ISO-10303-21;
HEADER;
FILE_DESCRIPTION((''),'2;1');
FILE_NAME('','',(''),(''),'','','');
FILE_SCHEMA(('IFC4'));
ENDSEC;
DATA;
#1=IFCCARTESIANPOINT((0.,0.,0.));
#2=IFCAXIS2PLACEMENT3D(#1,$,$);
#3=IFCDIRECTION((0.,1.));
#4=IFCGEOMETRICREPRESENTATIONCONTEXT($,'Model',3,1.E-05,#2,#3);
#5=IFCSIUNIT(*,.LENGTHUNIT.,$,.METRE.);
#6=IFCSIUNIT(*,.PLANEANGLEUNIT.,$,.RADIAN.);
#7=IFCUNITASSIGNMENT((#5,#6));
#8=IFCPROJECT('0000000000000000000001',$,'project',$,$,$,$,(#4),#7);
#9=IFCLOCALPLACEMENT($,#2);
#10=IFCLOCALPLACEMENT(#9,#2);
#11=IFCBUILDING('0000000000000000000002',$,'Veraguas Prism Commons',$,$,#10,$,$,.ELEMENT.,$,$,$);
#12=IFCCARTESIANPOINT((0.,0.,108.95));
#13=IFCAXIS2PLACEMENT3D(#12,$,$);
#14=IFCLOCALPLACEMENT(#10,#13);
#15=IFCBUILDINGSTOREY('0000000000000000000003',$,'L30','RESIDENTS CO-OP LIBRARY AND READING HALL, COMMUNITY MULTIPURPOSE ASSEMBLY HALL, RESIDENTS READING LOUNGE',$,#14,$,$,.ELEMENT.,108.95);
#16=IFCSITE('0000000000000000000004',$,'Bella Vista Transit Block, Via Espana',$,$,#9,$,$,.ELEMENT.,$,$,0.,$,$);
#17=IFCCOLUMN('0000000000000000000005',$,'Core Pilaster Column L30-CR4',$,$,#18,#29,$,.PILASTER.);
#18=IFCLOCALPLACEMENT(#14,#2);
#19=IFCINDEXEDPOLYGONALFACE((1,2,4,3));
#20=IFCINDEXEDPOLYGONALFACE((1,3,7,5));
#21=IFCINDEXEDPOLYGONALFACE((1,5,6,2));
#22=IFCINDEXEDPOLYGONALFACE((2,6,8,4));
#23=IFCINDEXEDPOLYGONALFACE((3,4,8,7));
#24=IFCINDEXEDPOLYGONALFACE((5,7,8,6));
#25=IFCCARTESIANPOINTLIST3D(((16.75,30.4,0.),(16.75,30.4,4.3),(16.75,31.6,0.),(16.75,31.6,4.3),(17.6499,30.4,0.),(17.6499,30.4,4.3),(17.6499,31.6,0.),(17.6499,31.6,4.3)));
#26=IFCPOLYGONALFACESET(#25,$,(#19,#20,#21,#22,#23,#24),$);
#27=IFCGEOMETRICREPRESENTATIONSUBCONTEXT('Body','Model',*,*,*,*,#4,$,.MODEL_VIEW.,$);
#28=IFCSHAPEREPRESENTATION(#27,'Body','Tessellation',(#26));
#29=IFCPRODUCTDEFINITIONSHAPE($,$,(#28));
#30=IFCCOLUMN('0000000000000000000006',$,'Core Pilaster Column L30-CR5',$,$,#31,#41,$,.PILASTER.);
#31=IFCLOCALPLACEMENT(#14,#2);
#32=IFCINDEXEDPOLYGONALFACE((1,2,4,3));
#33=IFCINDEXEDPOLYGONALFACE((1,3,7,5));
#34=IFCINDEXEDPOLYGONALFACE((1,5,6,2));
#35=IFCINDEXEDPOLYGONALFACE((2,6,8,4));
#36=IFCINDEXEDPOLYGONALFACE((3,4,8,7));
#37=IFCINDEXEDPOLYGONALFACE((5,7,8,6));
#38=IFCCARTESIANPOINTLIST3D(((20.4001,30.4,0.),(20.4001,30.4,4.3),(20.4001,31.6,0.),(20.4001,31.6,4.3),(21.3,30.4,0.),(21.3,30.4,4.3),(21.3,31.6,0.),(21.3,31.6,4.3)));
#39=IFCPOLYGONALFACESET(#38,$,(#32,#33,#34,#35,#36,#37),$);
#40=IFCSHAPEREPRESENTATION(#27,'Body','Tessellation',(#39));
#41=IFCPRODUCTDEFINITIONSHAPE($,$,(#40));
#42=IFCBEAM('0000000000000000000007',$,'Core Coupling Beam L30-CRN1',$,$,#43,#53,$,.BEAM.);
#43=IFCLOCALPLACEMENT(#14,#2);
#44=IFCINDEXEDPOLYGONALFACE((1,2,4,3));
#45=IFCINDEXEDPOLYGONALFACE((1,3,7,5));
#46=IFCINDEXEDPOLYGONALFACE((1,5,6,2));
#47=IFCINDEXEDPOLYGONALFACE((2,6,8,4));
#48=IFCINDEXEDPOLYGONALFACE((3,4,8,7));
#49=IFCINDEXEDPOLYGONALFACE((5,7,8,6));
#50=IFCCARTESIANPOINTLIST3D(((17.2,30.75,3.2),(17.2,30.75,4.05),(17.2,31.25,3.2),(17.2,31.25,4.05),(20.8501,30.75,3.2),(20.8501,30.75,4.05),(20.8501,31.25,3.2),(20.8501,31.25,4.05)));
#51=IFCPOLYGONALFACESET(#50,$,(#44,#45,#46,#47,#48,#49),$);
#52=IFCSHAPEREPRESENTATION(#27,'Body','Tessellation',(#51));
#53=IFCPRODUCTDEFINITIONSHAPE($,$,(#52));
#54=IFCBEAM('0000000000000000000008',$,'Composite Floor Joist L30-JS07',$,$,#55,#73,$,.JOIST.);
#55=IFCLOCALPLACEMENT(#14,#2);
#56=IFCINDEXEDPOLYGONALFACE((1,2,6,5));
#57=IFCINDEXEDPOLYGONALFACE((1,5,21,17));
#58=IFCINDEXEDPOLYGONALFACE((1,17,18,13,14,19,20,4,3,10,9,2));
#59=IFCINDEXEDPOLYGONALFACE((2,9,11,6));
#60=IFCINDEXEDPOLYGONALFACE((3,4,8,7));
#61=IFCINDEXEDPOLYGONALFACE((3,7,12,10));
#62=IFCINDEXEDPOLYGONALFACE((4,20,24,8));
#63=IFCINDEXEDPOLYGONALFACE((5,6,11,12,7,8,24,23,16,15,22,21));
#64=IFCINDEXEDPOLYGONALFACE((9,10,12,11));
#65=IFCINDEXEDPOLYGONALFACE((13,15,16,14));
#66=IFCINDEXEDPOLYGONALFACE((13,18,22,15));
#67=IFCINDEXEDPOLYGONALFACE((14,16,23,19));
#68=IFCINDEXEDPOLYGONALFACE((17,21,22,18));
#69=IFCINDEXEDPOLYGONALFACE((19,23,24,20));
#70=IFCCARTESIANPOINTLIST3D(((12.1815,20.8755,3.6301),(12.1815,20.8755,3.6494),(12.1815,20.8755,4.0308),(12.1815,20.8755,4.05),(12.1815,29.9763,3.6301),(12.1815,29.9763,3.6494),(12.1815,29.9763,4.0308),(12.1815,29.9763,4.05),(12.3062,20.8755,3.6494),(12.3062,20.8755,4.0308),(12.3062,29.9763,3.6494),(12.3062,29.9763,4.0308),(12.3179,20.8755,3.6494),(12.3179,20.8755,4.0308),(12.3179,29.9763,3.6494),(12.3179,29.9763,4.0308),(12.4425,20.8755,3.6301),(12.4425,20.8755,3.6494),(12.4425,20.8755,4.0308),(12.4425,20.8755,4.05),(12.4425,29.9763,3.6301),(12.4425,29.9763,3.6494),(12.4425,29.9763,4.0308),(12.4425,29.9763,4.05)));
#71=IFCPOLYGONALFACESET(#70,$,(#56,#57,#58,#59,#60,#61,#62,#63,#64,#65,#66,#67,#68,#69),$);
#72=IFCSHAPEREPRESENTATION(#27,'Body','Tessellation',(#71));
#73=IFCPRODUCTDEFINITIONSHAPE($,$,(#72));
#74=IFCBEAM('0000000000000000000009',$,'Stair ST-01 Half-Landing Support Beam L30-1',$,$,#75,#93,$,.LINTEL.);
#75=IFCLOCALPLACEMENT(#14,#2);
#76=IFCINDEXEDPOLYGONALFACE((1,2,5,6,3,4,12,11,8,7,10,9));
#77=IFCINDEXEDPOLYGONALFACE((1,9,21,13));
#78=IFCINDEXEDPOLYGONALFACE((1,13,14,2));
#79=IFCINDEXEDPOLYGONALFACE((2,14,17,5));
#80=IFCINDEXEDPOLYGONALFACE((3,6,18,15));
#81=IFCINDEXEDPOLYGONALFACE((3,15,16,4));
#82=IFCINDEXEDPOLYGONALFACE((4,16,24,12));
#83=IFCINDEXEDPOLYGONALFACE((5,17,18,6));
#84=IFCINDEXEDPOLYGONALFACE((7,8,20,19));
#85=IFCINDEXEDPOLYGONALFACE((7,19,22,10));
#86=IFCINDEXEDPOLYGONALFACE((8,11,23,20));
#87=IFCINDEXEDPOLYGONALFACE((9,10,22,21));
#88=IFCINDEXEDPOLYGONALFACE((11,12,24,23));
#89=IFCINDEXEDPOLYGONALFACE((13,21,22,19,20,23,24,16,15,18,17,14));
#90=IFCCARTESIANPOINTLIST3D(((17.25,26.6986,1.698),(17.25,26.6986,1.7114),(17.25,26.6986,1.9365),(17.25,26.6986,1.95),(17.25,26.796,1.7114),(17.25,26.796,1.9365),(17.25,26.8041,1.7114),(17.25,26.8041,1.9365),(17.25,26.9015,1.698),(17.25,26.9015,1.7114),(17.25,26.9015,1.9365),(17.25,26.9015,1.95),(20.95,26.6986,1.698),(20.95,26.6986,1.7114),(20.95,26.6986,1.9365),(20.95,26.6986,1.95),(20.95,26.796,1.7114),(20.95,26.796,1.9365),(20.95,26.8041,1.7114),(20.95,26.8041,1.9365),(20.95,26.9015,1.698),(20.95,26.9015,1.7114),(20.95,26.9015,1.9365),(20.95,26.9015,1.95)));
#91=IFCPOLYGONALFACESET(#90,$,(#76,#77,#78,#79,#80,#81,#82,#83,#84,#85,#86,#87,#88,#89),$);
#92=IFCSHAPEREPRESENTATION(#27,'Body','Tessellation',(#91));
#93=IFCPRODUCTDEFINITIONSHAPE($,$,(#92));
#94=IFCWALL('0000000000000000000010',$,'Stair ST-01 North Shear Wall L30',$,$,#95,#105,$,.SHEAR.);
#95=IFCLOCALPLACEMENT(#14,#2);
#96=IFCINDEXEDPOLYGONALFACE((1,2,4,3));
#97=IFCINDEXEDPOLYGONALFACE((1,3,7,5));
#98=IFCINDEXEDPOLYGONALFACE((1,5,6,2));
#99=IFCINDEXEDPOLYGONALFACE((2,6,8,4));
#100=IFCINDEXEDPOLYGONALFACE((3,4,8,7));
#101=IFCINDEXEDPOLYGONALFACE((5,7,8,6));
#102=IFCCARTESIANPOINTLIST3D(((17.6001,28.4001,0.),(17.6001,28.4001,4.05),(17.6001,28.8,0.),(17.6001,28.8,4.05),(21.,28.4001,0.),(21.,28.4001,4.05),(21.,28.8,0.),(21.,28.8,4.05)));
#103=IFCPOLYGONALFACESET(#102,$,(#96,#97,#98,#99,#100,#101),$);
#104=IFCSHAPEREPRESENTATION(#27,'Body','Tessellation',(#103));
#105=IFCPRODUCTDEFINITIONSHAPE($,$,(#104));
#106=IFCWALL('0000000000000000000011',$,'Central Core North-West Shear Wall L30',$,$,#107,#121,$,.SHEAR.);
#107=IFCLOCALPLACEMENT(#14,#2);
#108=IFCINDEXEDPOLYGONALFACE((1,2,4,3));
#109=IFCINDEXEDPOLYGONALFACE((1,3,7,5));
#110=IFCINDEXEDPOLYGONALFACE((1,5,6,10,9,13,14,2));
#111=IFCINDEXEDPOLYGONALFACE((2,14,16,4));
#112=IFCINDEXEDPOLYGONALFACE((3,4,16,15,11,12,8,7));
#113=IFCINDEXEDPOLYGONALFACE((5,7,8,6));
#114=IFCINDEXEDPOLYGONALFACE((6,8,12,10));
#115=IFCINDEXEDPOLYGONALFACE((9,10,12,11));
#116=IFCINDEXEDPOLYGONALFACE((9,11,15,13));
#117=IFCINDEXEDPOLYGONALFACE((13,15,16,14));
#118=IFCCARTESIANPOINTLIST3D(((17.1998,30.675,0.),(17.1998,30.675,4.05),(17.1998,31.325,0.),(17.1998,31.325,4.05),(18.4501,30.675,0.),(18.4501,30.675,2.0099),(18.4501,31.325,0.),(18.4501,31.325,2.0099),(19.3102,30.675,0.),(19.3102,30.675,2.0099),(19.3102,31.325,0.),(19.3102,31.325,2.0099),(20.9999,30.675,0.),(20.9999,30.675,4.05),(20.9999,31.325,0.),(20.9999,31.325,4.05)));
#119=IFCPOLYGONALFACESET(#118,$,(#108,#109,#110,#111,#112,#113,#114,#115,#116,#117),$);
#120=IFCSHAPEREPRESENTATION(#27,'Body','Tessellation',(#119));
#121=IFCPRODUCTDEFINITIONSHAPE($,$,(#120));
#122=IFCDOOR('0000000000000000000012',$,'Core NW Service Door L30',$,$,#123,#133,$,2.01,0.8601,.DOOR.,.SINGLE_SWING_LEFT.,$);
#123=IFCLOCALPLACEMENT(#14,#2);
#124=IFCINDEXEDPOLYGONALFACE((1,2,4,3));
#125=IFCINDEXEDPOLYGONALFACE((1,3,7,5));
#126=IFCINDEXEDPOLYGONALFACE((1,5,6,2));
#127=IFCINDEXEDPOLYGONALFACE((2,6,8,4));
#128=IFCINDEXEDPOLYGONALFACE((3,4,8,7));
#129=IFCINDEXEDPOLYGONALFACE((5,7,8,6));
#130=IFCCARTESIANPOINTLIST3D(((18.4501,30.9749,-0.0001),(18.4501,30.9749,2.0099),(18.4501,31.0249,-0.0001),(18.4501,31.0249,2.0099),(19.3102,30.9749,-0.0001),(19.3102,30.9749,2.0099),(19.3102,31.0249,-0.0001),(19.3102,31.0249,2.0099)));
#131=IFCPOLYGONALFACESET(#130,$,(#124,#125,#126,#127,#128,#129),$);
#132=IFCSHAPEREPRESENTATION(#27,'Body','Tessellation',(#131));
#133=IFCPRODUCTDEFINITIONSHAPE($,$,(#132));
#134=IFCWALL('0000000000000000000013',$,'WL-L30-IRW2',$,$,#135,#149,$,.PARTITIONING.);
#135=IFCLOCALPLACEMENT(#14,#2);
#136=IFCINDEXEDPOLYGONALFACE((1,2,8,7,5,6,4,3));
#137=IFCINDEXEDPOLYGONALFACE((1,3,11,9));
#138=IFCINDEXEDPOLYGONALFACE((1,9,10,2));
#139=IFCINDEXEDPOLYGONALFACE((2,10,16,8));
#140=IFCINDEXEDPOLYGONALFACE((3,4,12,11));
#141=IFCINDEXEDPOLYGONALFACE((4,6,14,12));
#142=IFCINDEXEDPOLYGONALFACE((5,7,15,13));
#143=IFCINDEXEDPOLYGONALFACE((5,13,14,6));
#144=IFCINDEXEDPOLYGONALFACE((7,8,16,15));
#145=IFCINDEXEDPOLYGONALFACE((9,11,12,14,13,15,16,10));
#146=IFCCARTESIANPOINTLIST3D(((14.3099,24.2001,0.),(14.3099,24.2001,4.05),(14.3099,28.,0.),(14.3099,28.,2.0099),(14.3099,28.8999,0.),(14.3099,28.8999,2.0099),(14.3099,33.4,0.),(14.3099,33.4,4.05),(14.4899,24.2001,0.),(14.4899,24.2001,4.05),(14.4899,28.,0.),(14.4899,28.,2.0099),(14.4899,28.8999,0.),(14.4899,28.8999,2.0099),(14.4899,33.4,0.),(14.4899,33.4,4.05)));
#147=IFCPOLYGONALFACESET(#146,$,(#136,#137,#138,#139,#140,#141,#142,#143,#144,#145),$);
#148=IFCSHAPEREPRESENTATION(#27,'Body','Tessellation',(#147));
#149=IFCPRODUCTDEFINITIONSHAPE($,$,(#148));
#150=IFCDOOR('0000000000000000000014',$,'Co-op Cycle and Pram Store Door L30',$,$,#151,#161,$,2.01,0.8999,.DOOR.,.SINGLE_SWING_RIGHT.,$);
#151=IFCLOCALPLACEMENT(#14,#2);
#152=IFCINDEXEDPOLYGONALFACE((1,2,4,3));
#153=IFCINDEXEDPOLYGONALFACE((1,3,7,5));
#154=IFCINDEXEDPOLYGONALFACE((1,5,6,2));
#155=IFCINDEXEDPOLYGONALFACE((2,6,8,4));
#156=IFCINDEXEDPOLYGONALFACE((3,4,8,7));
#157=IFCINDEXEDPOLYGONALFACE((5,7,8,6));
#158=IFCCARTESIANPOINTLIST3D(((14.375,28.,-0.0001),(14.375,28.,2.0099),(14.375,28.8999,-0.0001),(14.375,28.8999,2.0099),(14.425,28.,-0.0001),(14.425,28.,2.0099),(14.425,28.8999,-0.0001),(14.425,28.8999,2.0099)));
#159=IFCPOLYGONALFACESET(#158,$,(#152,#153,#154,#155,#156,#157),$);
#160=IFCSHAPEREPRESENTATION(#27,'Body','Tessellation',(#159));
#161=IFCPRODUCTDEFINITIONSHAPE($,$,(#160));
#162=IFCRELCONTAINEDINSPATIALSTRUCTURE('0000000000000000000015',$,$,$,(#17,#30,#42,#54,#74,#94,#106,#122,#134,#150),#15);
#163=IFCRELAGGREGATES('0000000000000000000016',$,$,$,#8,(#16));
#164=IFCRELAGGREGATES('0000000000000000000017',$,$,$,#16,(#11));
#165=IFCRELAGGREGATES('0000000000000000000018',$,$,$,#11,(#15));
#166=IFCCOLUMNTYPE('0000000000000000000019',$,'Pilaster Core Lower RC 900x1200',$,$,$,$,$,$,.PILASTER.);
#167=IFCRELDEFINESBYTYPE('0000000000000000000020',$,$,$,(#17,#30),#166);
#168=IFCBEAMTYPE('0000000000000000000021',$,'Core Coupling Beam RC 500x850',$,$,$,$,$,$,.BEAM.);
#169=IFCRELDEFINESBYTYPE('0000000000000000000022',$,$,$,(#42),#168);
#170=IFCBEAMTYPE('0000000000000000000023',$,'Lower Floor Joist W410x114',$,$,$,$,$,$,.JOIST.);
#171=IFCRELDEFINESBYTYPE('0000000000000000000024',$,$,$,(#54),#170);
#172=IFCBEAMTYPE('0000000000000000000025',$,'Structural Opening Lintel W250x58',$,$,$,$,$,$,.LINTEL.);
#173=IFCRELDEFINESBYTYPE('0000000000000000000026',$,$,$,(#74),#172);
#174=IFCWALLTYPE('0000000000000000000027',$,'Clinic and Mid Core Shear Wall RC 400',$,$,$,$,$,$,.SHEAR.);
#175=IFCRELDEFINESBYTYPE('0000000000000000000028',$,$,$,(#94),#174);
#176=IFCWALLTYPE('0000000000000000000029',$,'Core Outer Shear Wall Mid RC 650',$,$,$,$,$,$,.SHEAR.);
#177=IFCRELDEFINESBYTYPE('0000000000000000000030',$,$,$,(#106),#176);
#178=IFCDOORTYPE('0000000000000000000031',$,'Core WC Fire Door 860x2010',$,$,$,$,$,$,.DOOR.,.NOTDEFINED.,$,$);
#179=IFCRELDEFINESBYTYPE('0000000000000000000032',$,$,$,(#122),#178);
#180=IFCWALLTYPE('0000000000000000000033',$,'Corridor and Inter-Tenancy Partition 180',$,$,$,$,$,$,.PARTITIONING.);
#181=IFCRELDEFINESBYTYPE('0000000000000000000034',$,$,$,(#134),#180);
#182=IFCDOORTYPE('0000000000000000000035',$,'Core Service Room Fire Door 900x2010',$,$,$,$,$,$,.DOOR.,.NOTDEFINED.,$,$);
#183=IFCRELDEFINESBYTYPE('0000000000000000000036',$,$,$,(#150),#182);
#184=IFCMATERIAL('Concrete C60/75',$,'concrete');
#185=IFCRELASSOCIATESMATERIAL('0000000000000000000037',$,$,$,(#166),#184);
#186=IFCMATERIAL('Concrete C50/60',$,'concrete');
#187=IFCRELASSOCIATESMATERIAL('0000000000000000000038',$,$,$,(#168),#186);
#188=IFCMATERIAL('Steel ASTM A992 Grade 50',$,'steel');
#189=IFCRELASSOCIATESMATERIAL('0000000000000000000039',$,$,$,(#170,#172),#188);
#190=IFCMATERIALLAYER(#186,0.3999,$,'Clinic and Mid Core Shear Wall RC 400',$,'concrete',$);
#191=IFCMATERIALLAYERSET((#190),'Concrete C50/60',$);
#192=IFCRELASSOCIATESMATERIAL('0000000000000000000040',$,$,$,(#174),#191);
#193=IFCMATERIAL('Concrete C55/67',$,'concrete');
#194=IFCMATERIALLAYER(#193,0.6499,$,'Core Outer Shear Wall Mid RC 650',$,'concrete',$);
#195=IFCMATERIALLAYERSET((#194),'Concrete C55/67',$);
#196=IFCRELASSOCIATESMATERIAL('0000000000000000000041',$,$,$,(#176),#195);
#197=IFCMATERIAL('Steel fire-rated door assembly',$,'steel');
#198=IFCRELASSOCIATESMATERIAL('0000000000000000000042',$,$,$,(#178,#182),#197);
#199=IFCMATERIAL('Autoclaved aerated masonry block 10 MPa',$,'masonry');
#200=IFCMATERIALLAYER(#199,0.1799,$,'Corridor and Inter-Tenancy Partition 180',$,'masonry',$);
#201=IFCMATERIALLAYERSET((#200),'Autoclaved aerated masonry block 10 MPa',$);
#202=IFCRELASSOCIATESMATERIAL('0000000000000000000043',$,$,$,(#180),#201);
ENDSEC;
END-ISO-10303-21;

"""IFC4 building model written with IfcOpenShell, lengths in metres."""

from ifc_helpers import new_model, si_unit, direction, frame, frame_2d, origin, origin_2d, place, context, subcontext, project, spatial, rectangle, i_section, extrude, source, transform, mapped, material, layer, layer_set, material_profile, profile_set, type_object, element, fill, save


model = new_model("IFC4")

# Units and contexts
model_context = context("Model", 3, precision=1e-05, world=origin(), true_north=direction((0.0, 1.0)))
body_context = subcontext(model_context, "Body", "Model", "MODEL_VIEW")
ifc_project = project(units=[si_unit("LENGTHUNIT", "METRE"), si_unit("PLANEANGLEUNIT", "RADIAN")], contexts=[model_context])

# Site, building, storey
site_placement = place(None, origin())
site = spatial("IfcSite", under=ifc_project, at=site_placement, Name="Bella Vista Transit Block, Via Espana", CompositionType="ELEMENT", RefElevation=0.0)
building_placement = place(site_placement, origin())
building = spatial("IfcBuilding", under=site, at=building_placement, Name="Veraguas Prism Commons", CompositionType="ELEMENT")
storey_placement = place(building_placement, frame((0.0, 0.0, 108.95)))
storey = spatial("IfcBuildingStorey", under=building, at=storey_placement, Name="L30", Description="RESIDENTS CO-OP LIBRARY AND READING HALL, COMMUNITY MULTIPURPOSE ASSEMBLY HALL, RESIDENTS READING LOUNGE", CompositionType="ELEMENT", Elevation=108.95)

# Columns
ifc_material_1 = material(Name="Concrete C60/75", Category="concrete")
ifc_material_profile_1 = material_profile(ifc_material_1, rectangle(XDim=0.8999, YDim=1.2, at=origin_2d()), Name="RC900X1200")
ifc_profile_set_1 = profile_set([ifc_material_profile_1], Name="Concrete C60/75")
column_type = type_object("IfcColumnType", Name="Pilaster Core Lower RC 900x1200", PredefinedType="PILASTER", material=ifc_profile_set_1)
for number, where, z_axis, x_axis, name in (
    (1, (17.2, 31.0, 0.0), (0.0, 0.0, 1.0), (1.0, 0.0, 0.0), "Core Pilaster Column L30-CR4"),
    (2, (20.8501, 31.0, 0.0), (0.0, 0.0, 1.0), (1.0, 0.0, 0.0), "Core Pilaster Column L30-CR5"),
):
    element("IfcColumn", number, at=place(storey_placement, frame(where, z_axis=z_axis, x_axis=x_axis)), inside=storey, type_object=column_type, Name=name, PredefinedType="PILASTER", context=body_context, shape_type="SweptSolid", body=[
        extrude(rectangle(XDim=0.8999, YDim=1.2, at=origin_2d()), origin(), (0.0, 0.0, 1.0), 4.3),
    ])

# Beams
ifc_material_2 = material(Name="Concrete C50/60", Category="concrete")
ifc_material_profile_2 = material_profile(ifc_material_2, rectangle(XDim=0.5, YDim=0.8501, at=origin_2d()), Name="RC500X850")
ifc_profile_set_2 = profile_set([ifc_material_profile_2], Name="Concrete C50/60")
beam_type_1 = type_object("IfcBeamType", Name="Core Coupling Beam RC 500x850", PredefinedType="BEAM", material=ifc_profile_set_2)
beam_1_placement = place(storey_placement, frame((17.2, 31.0, 3.625), z_axis=(1.0, 0.0, 0.0), x_axis=(0.0, 1.0, 0.0)))
element("IfcBeam", 3, at=beam_1_placement, inside=storey, type_object=beam_type_1, Name="Core Coupling Beam L30-CRN1", PredefinedType="BEAM", context=body_context, shape_type="SweptSolid", body=[
    extrude(rectangle(XDim=0.5, YDim=0.8501, at=origin_2d()), origin(), (0.0, 0.0, 1.0), 3.6501),
])
ifc_material_3 = material(Name="Steel ASTM A992 Grade 50", Category="steel")
ifc_material_profile_3 = material_profile(ifc_material_3, i_section(OverallWidth=0.261, OverallDepth=0.4199, WebThickness=0.0117, FlangeThickness=0.0193, at=origin_2d()), Name="W410X114")
ifc_profile_set_3 = profile_set([ifc_material_profile_3], Name="Steel ASTM A992 Grade 50")
beam_type_2 = type_object("IfcBeamType", Name="Lower Floor Joist W410x114", PredefinedType="JOIST", material=ifc_profile_set_3)
beam_2_placement = place(storey_placement, frame((12.312, 29.9763, 3.8401), z_axis=(0.0, -1.0, 0.0), x_axis=(1.0, 0.0, 0.0)))
element("IfcBeam", 4, at=beam_2_placement, inside=storey, type_object=beam_type_2, Name="Composite Floor Joist L30-JS07", PredefinedType="JOIST", context=body_context, shape_type="SweptSolid", body=[
    extrude(i_section(OverallWidth=0.261, OverallDepth=0.4199, WebThickness=0.0117, FlangeThickness=0.0193, at=origin_2d()), origin(), (0.0, 0.0, 1.0), 9.1008),
])
ifc_material_profile_4 = material_profile(ifc_material_3, i_section(OverallWidth=0.2029, OverallDepth=0.252, WebThickness=0.0081, FlangeThickness=0.0134, at=origin_2d()), Name="W250X58")
ifc_profile_set_4 = profile_set([ifc_material_profile_4], Name="Steel ASTM A992 Grade 50")
beam_type_3 = type_object("IfcBeamType", Name="Structural Opening Lintel W250x58", PredefinedType="LINTEL", material=ifc_profile_set_4)
beam_3_placement = place(storey_placement, frame((17.25, 26.8, 1.824), z_axis=(1.0, 0.0, 0.0), x_axis=(0.0, 1.0, 0.0)))
element("IfcBeam", 5, at=beam_3_placement, inside=storey, type_object=beam_type_3, Name="Stair ST-01 Half-Landing Support Beam L30-1", PredefinedType="LINTEL", context=body_context, shape_type="SweptSolid", body=[
    extrude(i_section(OverallWidth=0.2029, OverallDepth=0.252, WebThickness=0.0081, FlangeThickness=0.0134, at=origin_2d()), origin(), (0.0, 0.0, 1.0), 3.7),
])

# Wall
ifc_layer_1 = layer(ifc_material_2, 0.3999, Name="Clinic and Mid Core Shear Wall RC 400", Category="concrete")
ifc_layer_set_1 = layer_set([ifc_layer_1], Name="Concrete C50/60")
wall_type_1 = type_object("IfcWallType", Name="Clinic and Mid Core Shear Wall RC 400", PredefinedType="SHEAR", material=ifc_layer_set_1)
wall_1_placement = place(storey_placement, frame((17.6001, 28.6001, 0.0), z_axis=(0.0, 0.0, 1.0), x_axis=(1.0, 0.0, 0.0)))
element("IfcWall", 6, at=wall_1_placement, inside=storey, type_object=wall_type_1, Name="Stair ST-01 North Shear Wall L30", PredefinedType="SHEAR", context=body_context, shape_type="SweptSolid", body=[
    extrude(rectangle(XDim=3.3999, YDim=0.3999, at=frame_2d((1.7, 0.0))), origin(), (0.0, 0.0, 1.0), 4.05),
])

# Walls, openings, doors
ifc_material_4 = material(Name="Concrete C55/67", Category="concrete")
ifc_layer_2 = layer(ifc_material_4, 0.6499, Name="Core Outer Shear Wall Mid RC 650", Category="concrete")
ifc_layer_set_2 = layer_set([ifc_layer_2], Name="Concrete C55/67")
wall_type_2 = type_object("IfcWallType", Name="Core Outer Shear Wall Mid RC 650", PredefinedType="SHEAR", material=ifc_layer_set_2)
wall_2_placement = place(storey_placement, frame((17.2, 31.0, 0.0), z_axis=(0.0, 0.0, 1.0), x_axis=(1.0, 0.0, 0.0)))
wall_2 = element("IfcWall", 7, at=wall_2_placement, inside=storey, type_object=wall_type_2, Name="Central Core North-West Shear Wall L30", PredefinedType="SHEAR", context=body_context, shape_type="SweptSolid", body=[
    extrude(rectangle(XDim=3.8, YDim=0.6499, at=frame_2d((1.8999, 0.0))), origin(), (0.0, 0.0, 1.0), 4.05),
])
opening_1_placement = place(wall_2_placement, frame((1.25, 0.0, 0.0)))
opening_1 = element("IfcOpeningElement", 8, at=opening_1_placement, cuts=wall_2, PredefinedType="OPENING", context=body_context, shape_type="SweptSolid", body=[
    extrude(rectangle(XDim=0.8601, YDim=2.01, at=frame_2d((0.4302, 1.0049))), frame((0.0, 0.335, 0.0), z_axis=(0.0, -1.0, 0.0), x_axis=(1.0, 0.0, 0.0)), (0.0, 0.0, 1.0), 0.6699),
])
ifc_material_5 = material(Name="Steel fire-rated door assembly", Category="steel")
door_type_1 = type_object("IfcDoorType", Name="Core WC Fire Door 860x2010", OperationType="NOTDEFINED", PredefinedType="DOOR", material=ifc_material_5)
shared_shape_1 = source(origin(), body_context, "Body", "SweptSolid", [
    extrude(rectangle(XDim=0.8601, YDim=2.01, at=frame_2d((0.4302, 1.0049))), frame((0.0, 0.0249, 0.0), z_axis=(0.0, -1.0, 0.0), x_axis=(1.0, 0.0, 0.0)), (0.0, 0.0, 1.0), 0.05),
])
door_1_placement = place(opening_1_placement, origin())
door_1 = element("IfcDoor", 9, at=door_1_placement, inside=storey, type_object=door_type_1, Name="Core NW Service Door L30", OperationType="SINGLE_SWING_LEFT", OverallHeight=2.01, OverallWidth=0.8601, PredefinedType="DOOR", context=body_context, shape_type="MappedRepresentation", body=[
    mapped(shared_shape_1, transform((0.0, 0.0, 0.0), scale=1.0)),
])
fill(opening_1, door_1)
ifc_material_6 = material(Name="Autoclaved aerated masonry block 10 MPa", Category="masonry")
ifc_layer_3 = layer(ifc_material_6, 0.1799, Name="Corridor and Inter-Tenancy Partition 180", Category="masonry")
ifc_layer_set_3 = layer_set([ifc_layer_3], Name="Autoclaved aerated masonry block 10 MPa")
wall_type_3 = type_object("IfcWallType", Name="Corridor and Inter-Tenancy Partition 180", PredefinedType="PARTITIONING", material=ifc_layer_set_3)
wall_3_placement = place(storey_placement, frame((14.3999, 24.2, 0.0), z_axis=(0.0, 0.0, 1.0), x_axis=(0.0, 1.0, 0.0)))
wall_3 = element("IfcWall", 10, at=wall_3_placement, inside=storey, type_object=wall_type_3, Name="WL-L30-IRW2", PredefinedType="PARTITIONING", context=body_context, shape_type="SweptSolid", body=[
    extrude(rectangle(XDim=9.2, YDim=0.1799, at=frame_2d((4.6001, 0.0))), origin(), (0.0, 0.0, 1.0), 4.05),
])
opening_2_placement = place(wall_3_placement, frame((3.8, 0.0, 0.0)))
opening_2 = element("IfcOpeningElement", 11, at=opening_2_placement, cuts=wall_3, PredefinedType="OPENING", context=body_context, shape_type="SweptSolid", body=[
    extrude(rectangle(XDim=0.8999, YDim=2.01, at=frame_2d((0.45, 1.0049))), frame((0.0, 0.0999, 0.0), z_axis=(0.0, -1.0, 0.0), x_axis=(1.0, 0.0, 0.0)), (0.0, 0.0, 1.0), 0.2),
])
door_type_2 = type_object("IfcDoorType", Name="Core Service Room Fire Door 900x2010", OperationType="NOTDEFINED", PredefinedType="DOOR", material=ifc_material_5)
shared_shape_2 = source(origin(), body_context, "Body", "SweptSolid", [
    extrude(rectangle(XDim=0.8999, YDim=2.01, at=frame_2d((0.45, 1.0049))), frame((0.0, 0.0249, 0.0), z_axis=(0.0, -1.0, 0.0), x_axis=(1.0, 0.0, 0.0)), (0.0, 0.0, 1.0), 0.05),
])
door_2_placement = place(opening_2_placement, origin())
door_2 = element("IfcDoor", 12, at=door_2_placement, inside=storey, type_object=door_type_2, Name="Co-op Cycle and Pram Store Door L30", OperationType="SINGLE_SWING_RIGHT", OverallHeight=2.01, OverallWidth=0.8999, PredefinedType="DOOR", context=body_context, shape_type="MappedRepresentation", body=[
    mapped(shared_shape_2, transform((0.0, 0.0, 0.0), scale=1.0)),
])
fill(opening_2, door_2)

save(model, "model.ifc")
